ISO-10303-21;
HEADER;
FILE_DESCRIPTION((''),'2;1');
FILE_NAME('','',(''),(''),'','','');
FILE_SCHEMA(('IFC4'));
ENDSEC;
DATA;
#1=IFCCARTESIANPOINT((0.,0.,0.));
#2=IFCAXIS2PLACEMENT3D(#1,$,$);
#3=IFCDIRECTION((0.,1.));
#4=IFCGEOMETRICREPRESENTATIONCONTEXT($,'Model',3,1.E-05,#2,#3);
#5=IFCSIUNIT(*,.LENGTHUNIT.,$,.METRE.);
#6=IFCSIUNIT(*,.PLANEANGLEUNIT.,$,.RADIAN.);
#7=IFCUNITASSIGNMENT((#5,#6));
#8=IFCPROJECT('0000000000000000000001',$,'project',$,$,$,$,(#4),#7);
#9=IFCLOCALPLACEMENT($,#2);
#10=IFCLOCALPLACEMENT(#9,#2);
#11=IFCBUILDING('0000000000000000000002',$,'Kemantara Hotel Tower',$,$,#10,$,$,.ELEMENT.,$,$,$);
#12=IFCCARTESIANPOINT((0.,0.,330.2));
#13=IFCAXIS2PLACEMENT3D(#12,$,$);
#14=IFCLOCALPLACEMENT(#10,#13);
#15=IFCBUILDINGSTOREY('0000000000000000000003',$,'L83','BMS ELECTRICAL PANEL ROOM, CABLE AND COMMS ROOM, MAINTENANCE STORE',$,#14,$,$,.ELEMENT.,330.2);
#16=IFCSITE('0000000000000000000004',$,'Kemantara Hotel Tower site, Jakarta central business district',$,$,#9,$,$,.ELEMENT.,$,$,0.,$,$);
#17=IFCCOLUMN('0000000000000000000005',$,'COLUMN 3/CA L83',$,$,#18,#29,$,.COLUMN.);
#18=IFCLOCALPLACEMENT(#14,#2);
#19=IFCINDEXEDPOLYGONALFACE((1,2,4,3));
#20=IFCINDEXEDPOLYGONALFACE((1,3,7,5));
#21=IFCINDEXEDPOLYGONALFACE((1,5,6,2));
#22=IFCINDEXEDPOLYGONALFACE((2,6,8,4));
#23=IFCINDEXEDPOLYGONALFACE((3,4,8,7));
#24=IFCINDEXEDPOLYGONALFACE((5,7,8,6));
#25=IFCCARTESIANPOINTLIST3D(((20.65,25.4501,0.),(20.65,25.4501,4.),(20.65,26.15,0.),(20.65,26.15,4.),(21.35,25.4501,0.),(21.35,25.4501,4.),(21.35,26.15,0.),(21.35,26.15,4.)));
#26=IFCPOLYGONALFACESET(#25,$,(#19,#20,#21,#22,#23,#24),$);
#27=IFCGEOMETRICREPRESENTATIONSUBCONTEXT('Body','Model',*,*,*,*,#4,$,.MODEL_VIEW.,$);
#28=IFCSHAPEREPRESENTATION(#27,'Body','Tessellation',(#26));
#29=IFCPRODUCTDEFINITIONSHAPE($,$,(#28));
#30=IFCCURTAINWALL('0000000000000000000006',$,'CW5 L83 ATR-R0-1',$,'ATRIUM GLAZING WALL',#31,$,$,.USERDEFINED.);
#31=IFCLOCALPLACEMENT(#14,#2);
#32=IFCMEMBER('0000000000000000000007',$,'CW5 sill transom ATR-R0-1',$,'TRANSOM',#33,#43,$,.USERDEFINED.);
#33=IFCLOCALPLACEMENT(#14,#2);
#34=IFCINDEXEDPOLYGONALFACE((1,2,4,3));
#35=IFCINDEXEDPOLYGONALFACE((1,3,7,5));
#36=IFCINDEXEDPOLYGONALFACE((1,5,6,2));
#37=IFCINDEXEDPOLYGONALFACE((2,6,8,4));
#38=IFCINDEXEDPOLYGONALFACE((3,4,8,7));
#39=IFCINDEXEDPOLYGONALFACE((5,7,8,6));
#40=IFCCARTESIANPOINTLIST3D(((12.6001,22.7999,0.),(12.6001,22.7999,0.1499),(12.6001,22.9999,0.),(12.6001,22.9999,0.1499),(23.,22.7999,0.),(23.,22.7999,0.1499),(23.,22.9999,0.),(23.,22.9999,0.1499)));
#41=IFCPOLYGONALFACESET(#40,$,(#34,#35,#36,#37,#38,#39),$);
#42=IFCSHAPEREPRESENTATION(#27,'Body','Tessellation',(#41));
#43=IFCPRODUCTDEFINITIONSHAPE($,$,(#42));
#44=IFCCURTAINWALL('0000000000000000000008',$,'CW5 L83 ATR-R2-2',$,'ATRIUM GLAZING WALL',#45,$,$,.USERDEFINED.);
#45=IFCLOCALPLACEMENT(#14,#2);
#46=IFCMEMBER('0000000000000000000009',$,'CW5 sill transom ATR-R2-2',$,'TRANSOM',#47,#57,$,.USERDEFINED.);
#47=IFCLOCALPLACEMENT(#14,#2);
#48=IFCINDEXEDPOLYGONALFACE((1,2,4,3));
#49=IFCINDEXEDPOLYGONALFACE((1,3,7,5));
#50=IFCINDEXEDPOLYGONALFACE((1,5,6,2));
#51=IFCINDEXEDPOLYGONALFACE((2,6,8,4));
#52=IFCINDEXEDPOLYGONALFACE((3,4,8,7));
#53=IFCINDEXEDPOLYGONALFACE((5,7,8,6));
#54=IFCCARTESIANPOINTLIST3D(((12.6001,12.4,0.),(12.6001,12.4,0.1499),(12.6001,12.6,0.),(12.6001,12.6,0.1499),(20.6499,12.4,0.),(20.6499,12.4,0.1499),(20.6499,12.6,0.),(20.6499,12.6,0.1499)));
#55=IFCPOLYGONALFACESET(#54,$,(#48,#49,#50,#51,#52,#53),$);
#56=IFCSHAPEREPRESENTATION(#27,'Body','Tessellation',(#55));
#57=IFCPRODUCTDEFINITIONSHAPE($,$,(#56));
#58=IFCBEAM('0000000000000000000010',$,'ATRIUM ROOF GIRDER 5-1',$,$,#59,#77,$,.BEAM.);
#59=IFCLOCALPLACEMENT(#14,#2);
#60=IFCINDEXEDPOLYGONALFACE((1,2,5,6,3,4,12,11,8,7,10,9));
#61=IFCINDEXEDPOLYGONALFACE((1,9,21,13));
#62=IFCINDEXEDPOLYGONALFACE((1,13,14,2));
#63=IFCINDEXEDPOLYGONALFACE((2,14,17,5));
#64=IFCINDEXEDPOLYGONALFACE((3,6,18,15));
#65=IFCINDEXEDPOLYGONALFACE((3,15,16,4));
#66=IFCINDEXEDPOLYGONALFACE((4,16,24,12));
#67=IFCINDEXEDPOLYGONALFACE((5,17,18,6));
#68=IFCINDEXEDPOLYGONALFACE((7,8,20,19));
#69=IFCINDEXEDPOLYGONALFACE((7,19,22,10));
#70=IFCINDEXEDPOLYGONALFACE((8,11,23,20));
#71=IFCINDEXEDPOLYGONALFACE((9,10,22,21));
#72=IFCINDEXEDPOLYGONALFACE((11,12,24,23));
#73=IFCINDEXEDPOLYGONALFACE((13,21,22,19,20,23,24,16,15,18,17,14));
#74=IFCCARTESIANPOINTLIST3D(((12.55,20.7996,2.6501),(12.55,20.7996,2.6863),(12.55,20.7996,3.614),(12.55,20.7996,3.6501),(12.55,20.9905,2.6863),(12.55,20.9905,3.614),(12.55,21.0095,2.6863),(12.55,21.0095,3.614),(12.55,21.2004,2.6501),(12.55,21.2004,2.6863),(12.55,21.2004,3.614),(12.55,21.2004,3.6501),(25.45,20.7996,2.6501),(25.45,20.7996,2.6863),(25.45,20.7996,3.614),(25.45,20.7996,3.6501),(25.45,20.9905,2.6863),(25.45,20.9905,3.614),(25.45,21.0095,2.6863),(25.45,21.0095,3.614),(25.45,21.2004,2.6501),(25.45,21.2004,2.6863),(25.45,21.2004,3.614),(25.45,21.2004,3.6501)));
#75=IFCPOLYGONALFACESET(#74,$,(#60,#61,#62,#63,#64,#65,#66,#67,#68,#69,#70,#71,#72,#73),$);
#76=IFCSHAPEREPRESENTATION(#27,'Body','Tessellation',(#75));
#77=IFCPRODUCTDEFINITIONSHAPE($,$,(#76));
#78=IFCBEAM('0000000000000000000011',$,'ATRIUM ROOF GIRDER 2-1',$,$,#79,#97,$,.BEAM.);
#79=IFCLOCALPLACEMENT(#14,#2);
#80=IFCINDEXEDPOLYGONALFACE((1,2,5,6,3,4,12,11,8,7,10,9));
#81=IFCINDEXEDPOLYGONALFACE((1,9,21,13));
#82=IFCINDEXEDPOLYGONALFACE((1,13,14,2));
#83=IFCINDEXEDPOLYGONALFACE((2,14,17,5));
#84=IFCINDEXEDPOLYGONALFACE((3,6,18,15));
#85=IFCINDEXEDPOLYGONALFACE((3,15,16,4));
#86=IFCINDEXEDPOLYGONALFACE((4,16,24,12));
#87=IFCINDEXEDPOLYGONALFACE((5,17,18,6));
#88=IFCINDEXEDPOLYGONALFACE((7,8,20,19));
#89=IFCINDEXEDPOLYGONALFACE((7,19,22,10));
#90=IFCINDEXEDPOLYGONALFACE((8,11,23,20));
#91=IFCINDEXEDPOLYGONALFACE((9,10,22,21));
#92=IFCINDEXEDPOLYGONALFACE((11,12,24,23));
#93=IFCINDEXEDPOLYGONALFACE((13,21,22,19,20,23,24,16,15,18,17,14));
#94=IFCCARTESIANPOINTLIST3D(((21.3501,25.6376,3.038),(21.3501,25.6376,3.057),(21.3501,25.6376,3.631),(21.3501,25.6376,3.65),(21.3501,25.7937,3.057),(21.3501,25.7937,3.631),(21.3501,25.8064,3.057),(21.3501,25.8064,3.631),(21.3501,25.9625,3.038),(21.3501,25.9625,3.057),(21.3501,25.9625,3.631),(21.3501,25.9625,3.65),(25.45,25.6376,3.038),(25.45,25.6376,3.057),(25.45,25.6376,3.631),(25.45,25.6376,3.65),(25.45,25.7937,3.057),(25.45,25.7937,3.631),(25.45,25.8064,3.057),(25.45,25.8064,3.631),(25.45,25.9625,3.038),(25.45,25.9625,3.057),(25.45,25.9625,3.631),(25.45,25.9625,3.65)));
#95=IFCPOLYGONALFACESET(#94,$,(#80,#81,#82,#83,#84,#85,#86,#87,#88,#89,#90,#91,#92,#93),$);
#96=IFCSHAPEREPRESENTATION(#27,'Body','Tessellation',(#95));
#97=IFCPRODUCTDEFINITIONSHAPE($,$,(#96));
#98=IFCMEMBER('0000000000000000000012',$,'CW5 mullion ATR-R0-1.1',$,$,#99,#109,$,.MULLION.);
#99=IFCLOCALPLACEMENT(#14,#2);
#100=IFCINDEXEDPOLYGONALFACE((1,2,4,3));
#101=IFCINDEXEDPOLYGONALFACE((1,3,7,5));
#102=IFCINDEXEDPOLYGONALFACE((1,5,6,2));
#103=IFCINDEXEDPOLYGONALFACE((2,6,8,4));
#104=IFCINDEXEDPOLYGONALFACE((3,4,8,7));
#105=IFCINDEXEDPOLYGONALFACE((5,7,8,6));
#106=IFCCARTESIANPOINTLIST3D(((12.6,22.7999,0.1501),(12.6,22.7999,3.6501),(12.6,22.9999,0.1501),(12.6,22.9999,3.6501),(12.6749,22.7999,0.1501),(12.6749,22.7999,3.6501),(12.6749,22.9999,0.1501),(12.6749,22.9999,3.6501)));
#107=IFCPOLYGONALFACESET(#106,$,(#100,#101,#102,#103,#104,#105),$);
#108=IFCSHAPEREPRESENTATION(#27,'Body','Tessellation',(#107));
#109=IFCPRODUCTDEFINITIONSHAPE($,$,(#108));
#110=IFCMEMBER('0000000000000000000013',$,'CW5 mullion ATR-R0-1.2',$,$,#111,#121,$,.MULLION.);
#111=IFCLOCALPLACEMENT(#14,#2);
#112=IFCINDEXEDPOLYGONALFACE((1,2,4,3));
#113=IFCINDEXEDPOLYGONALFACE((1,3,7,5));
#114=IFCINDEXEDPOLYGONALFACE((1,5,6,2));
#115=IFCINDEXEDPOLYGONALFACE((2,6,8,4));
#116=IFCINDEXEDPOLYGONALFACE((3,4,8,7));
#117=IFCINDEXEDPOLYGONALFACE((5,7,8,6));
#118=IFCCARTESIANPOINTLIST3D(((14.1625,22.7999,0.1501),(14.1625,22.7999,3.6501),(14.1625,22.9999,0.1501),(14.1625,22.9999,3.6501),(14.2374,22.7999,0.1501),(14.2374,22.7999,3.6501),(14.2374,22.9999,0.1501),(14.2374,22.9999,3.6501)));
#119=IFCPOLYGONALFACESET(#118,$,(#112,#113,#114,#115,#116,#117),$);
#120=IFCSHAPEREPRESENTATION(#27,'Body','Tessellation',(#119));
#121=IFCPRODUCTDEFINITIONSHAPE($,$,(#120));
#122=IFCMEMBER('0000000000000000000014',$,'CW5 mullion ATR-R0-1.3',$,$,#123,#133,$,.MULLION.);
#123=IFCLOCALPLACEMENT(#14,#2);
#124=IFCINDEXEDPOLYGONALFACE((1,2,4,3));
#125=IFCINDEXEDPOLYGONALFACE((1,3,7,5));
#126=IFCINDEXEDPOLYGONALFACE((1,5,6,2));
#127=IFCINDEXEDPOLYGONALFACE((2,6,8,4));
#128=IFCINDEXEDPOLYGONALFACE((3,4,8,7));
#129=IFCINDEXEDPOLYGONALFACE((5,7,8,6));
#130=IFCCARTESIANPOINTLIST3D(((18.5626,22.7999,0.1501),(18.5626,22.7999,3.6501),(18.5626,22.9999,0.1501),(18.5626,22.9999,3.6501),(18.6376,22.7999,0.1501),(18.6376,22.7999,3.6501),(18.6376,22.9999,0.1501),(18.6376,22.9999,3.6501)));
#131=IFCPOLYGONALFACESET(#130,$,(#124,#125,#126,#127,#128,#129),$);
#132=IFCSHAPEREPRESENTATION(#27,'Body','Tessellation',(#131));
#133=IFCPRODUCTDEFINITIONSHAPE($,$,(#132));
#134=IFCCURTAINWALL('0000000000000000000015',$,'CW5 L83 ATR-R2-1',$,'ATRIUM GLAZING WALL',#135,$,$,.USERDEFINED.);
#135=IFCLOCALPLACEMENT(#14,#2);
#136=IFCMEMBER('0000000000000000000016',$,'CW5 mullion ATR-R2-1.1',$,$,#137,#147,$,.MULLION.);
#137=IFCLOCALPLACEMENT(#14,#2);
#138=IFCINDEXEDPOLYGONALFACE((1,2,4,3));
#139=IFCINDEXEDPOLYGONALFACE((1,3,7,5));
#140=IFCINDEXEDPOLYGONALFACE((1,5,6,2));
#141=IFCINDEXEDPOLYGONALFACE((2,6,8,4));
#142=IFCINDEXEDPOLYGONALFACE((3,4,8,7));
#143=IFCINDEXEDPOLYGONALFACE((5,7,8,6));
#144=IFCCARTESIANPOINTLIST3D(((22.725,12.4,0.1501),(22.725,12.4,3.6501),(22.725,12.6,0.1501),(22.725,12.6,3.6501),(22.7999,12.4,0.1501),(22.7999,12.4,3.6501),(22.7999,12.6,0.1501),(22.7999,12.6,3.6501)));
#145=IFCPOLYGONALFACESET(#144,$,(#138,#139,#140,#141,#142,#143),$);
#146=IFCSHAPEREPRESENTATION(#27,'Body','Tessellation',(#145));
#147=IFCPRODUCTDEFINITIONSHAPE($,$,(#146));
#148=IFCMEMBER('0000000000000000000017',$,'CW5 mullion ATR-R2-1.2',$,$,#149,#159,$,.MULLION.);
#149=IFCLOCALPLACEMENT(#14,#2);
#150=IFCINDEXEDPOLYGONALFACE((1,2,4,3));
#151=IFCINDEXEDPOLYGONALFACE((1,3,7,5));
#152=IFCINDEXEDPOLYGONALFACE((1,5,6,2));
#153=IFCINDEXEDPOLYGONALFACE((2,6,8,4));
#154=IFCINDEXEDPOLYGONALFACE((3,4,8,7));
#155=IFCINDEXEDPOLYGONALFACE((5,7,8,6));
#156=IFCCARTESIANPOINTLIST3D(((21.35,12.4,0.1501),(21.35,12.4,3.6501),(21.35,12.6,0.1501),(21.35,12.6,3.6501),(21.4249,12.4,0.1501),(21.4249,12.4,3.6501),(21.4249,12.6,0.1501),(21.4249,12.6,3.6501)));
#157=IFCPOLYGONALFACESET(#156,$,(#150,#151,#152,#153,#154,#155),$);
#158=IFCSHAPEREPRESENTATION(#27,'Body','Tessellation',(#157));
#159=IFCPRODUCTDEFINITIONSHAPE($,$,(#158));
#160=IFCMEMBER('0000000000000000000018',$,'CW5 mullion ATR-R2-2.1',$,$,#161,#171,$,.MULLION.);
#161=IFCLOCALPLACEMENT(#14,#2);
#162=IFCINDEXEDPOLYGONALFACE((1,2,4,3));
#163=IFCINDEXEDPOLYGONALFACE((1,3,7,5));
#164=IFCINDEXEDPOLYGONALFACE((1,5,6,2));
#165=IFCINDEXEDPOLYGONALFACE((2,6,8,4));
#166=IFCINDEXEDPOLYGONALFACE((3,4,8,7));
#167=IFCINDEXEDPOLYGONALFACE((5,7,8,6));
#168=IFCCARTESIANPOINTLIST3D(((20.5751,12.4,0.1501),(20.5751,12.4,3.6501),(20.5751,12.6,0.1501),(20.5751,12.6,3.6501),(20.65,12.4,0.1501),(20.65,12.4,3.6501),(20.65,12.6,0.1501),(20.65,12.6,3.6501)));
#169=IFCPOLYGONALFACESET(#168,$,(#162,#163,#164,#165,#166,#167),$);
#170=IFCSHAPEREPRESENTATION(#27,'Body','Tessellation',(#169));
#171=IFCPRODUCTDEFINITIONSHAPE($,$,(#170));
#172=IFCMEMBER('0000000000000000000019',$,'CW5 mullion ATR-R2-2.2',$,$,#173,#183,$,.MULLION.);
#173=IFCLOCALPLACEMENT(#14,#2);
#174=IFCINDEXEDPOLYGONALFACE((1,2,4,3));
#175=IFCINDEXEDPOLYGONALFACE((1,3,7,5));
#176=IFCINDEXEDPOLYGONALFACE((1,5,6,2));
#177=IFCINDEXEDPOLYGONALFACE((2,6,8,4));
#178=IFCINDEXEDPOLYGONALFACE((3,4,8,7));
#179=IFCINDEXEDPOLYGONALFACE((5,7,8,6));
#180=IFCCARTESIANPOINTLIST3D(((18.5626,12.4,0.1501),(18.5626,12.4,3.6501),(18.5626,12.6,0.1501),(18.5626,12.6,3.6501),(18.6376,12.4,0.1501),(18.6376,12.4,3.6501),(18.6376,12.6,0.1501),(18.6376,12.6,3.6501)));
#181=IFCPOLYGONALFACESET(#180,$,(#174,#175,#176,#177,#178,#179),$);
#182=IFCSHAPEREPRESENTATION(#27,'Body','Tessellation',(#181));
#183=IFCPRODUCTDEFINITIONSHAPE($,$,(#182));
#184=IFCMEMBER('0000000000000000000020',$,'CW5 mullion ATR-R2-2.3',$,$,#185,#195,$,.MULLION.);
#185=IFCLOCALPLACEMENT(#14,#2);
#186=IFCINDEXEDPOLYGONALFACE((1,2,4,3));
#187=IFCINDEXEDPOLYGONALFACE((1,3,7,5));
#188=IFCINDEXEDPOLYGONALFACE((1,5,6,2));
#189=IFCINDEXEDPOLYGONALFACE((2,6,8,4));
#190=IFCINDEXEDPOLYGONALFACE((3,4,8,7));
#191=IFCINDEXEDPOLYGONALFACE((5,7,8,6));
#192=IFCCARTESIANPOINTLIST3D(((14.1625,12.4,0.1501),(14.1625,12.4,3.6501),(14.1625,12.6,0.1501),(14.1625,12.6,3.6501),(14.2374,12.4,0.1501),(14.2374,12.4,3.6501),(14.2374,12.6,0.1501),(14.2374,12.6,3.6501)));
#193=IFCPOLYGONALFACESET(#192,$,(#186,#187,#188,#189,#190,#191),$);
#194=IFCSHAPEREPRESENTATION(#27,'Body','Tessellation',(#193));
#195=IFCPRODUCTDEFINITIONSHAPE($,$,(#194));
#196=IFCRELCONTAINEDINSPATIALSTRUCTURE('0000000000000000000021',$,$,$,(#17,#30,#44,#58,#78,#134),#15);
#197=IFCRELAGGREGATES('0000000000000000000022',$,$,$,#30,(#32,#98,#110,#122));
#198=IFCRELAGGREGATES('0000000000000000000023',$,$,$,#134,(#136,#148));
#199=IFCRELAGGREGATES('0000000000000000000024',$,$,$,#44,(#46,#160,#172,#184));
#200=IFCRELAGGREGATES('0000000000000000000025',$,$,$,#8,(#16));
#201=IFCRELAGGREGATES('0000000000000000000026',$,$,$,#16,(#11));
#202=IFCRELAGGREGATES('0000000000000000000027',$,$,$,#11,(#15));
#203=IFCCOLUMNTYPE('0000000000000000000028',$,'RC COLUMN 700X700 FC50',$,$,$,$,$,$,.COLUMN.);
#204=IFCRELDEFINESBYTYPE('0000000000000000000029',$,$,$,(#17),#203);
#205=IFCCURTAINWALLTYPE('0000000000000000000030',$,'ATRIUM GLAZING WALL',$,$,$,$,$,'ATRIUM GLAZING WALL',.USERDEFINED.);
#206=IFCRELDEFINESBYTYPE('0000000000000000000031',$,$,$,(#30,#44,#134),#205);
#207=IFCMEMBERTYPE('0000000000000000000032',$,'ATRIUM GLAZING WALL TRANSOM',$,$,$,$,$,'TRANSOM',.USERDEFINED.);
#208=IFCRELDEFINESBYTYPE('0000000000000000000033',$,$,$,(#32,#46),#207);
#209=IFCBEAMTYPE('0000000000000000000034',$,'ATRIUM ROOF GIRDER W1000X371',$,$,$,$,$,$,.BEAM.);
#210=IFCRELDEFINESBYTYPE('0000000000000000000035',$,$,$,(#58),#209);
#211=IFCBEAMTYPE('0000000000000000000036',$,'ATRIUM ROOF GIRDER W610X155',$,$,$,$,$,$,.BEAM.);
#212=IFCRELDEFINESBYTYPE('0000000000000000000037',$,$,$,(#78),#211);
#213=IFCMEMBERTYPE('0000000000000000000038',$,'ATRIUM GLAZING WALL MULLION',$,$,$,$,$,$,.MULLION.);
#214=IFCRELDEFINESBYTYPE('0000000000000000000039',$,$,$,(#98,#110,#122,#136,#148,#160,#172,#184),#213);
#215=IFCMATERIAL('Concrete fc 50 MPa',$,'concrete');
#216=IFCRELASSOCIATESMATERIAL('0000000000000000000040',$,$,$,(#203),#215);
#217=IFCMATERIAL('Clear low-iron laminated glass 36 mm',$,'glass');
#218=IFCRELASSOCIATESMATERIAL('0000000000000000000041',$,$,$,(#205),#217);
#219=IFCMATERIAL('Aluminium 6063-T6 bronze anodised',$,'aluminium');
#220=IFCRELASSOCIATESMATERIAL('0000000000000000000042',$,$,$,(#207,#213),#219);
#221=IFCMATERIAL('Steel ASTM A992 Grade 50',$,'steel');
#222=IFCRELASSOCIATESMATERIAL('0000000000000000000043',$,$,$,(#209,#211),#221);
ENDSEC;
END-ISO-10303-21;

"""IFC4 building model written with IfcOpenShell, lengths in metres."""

from ifc_helpers import new_model, si_unit, direction, frame, origin, origin_2d, place, context, subcontext, project, spatial, rectangle, i_section, extrude, source, transform, mapped, material, material_profile, profile_set, type_object, element, aggregate, save


model = new_model("IFC4")

# Units and contexts
model_context = context("Model", 3, precision=1e-05, world=origin(), true_north=direction((0.0, 1.0)))
body_context = subcontext(model_context, "Body", "Model", "MODEL_VIEW")
ifc_project = project(units=[si_unit("LENGTHUNIT", "METRE"), si_unit("PLANEANGLEUNIT", "RADIAN")], contexts=[model_context])

# Site, building, storey
site_placement = place(None, origin())
site = spatial("IfcSite", under=ifc_project, at=site_placement, Name="Kemantara Hotel Tower site, Jakarta central business district", CompositionType="ELEMENT", RefElevation=0.0)
building_placement = place(site_placement, origin())
building = spatial("IfcBuilding", under=site, at=building_placement, Name="Kemantara Hotel Tower", CompositionType="ELEMENT")
storey_placement = place(building_placement, frame((0.0, 0.0, 330.2)))
storey = spatial("IfcBuildingStorey", under=building, at=storey_placement, Name="L83", Description="BMS ELECTRICAL PANEL ROOM, CABLE AND COMMS ROOM, MAINTENANCE STORE", CompositionType="ELEMENT", Elevation=330.2)

# Column
ifc_material_1 = material(Name="Concrete fc 50 MPa", Category="concrete")
ifc_material_profile_1 = material_profile(ifc_material_1, rectangle(XDim=0.7, YDim=0.7, at=origin_2d()), Name="RC 700X700")
ifc_profile_set_1 = profile_set([ifc_material_profile_1], Name="Concrete fc 50 MPa")
column_type = type_object("IfcColumnType", Name="RC COLUMN 700X700 FC50", PredefinedType="COLUMN", material=ifc_profile_set_1)
column_placement = place(storey_placement, frame((21.0, 25.8, 0.0), z_axis=(0.0, 0.0, 1.0), x_axis=(1.0, 0.0, 0.0)))
element("IfcColumn", 1, at=column_placement, inside=storey, type_object=column_type, Name="COLUMN 3/CA L83", PredefinedType="COLUMN", context=body_context, shape_type="SweptSolid", body=[
    extrude(rectangle(XDim=0.7, YDim=0.7, at=origin_2d()), origin(), (0.0, 0.0, 1.0), 4.0),
])

# Curtain walls, members
ifc_material_2 = material(Name="Clear low-iron laminated glass 36 mm", Category="glass")
curtain_wall_type = type_object("IfcCurtainWallType", Name="ATRIUM GLAZING WALL", ElementType="ATRIUM GLAZING WALL", PredefinedType="USERDEFINED", material=ifc_material_2)
curtain_wall_1_placement = place(storey_placement, origin())
curtain_wall_1 = element("IfcCurtainWall", 2, at=curtain_wall_1_placement, inside=storey, type_object=curtain_wall_type, Name="CW5 L83 ATR-R0-1", ObjectType="ATRIUM GLAZING WALL", PredefinedType="USERDEFINED")
ifc_material_3 = material(Name="Aluminium 6063-T6 bronze anodised", Category="aluminium")
ifc_material_profile_2 = material_profile(ifc_material_3, rectangle(XDim=0.2, YDim=0.1499, at=origin_2d()), Name="ATRIUM GLAZING WALL TRANSOM")
ifc_profile_set_2 = profile_set([ifc_material_profile_2], Name="Aluminium 6063-T6 bronze anodised")
member_type_1 = type_object("IfcMemberType", Name="ATRIUM GLAZING WALL TRANSOM", ElementType="TRANSOM", PredefinedType="USERDEFINED", material=ifc_profile_set_2)
member_1_placement = place(storey_placement, frame((12.6001, 22.8999, 0.075), z_axis=(1.0, 0.0, 0.0), x_axis=(0.0, 1.0, 0.0)))
member_1 = element("IfcMember", 3, at=member_1_placement, type_object=member_type_1, Name="CW5 sill transom ATR-R0-1", ObjectType="TRANSOM", PredefinedType="USERDEFINED", context=body_context, shape_type="SweptSolid", body=[
    extrude(rectangle(XDim=0.2, YDim=0.1499, at=origin_2d()), origin(), (0.0, 0.0, 1.0), 10.3999),
])
curtain_wall_2_placement = place(storey_placement, origin())
curtain_wall_2 = element("IfcCurtainWall", 4, at=curtain_wall_2_placement, inside=storey, type_object=curtain_wall_type, Name="CW5 L83 ATR-R2-2", ObjectType="ATRIUM GLAZING WALL", PredefinedType="USERDEFINED")
member_2_placement = place(storey_placement, frame((20.6499, 12.5, 0.075), z_axis=(-1.0, 0.0, 0.0), x_axis=(0.0, -1.0, 0.0)))
member_2 = element("IfcMember", 5, at=member_2_placement, type_object=member_type_1, Name="CW5 sill transom ATR-R2-2", ObjectType="TRANSOM", PredefinedType="USERDEFINED", context=body_context, shape_type="SweptSolid", body=[
    extrude(rectangle(XDim=0.2, YDim=0.1499, at=origin_2d()), origin(), (0.0, 0.0, 1.0), 8.0498),
])

# Beams
ifc_material_4 = material(Name="Steel ASTM A992 Grade 50", Category="steel")
ifc_material_profile_3 = material_profile(ifc_material_4, i_section(OverallWidth=0.4009, OverallDepth=1.0, WebThickness=0.019, FlangeThickness=0.0361, at=origin_2d()), Name="W1000X371")
ifc_profile_set_3 = profile_set([ifc_material_profile_3], Name="Steel ASTM A992 Grade 50")
beam_type_1 = type_object("IfcBeamType", Name="ATRIUM ROOF GIRDER W1000X371", PredefinedType="BEAM", material=ifc_profile_set_3)
beam_1_placement = place(storey_placement, frame((12.55, 21.0, 3.1501), z_axis=(1.0, 0.0, 0.0), x_axis=(0.0, 1.0, 0.0)))
element("IfcBeam", 6, at=beam_1_placement, inside=storey, type_object=beam_type_1, Name="ATRIUM ROOF GIRDER 5-1", PredefinedType="BEAM", context=body_context, shape_type="SweptSolid", body=[
    extrude(i_section(OverallWidth=0.4009, OverallDepth=1.0, WebThickness=0.019, FlangeThickness=0.0361, at=origin_2d()), origin(), (0.0, 0.0, 1.0), 12.8999),
])
ifc_material_profile_4 = material_profile(ifc_material_4, i_section(OverallWidth=0.325, OverallDepth=0.6121, WebThickness=0.0127, FlangeThickness=0.019, at=origin_2d()), Name="W610X155")
ifc_profile_set_4 = profile_set([ifc_material_profile_4], Name="Steel ASTM A992 Grade 50")
beam_type_2 = type_object("IfcBeamType", Name="ATRIUM ROOF GIRDER W610X155", PredefinedType="BEAM", material=ifc_profile_set_4)
beam_2_placement = place(storey_placement, frame((21.3501, 25.8, 3.344), z_axis=(1.0, 0.0, 0.0), x_axis=(0.0, 1.0, 0.0)))
element("IfcBeam", 7, at=beam_2_placement, inside=storey, type_object=beam_type_2, Name="ATRIUM ROOF GIRDER 2-1", PredefinedType="BEAM", context=body_context, shape_type="SweptSolid", body=[
    extrude(i_section(OverallWidth=0.325, OverallDepth=0.6121, WebThickness=0.0127, FlangeThickness=0.019, at=origin_2d()), origin(), (0.0, 0.0, 1.0), 4.0999),
])

# Members
ifc_material_profile_5 = material_profile(ifc_material_3, rectangle(XDim=0.2, YDim=0.075, at=origin_2d()), Name="ATRIUM GLAZING WALL MULLION")
ifc_profile_set_5 = profile_set([ifc_material_profile_5], Name="Aluminium 6063-T6 bronze anodised")
member_type_2 = type_object("IfcMemberType", Name="ATRIUM GLAZING WALL MULLION", PredefinedType="MULLION", material=ifc_profile_set_5)
shared_shape_1 = source(origin(), body_context, "Body", "SweptSolid", [
    extrude(rectangle(XDim=0.2, YDim=0.075, at=origin_2d()), origin(), (0.0, 0.0, 1.0), 3.5),
])
member_3_placement = place(storey_placement, frame((12.6375, 22.8999, 0.1501), z_axis=(0.0, 0.0, 1.0), x_axis=(0.0, 1.0, 0.0)))
member_3 = element("IfcMember", 8, at=member_3_placement, type_object=member_type_2, Name="CW5 mullion ATR-R0-1.1", PredefinedType="MULLION", context=body_context, shape_type="MappedRepresentation", body=[
    mapped(shared_shape_1, transform((0.0, 0.0, 0.0))),
])
member_4_placement = place(storey_placement, frame((14.2, 22.8999, 0.1501), z_axis=(0.0, 0.0, 1.0), x_axis=(0.0, 1.0, 0.0)))
member_4 = element("IfcMember", 9, at=member_4_placement, type_object=member_type_2, Name="CW5 mullion ATR-R0-1.2", PredefinedType="MULLION", context=body_context, shape_type="MappedRepresentation", body=[
    mapped(shared_shape_1, transform((0.0, 0.0, 0.0))),
])
member_5_placement = place(storey_placement, frame((18.6001, 22.8999, 0.1501), z_axis=(0.0, 0.0, 1.0), x_axis=(0.0, 1.0, 0.0)))
member_5 = element("IfcMember", 10, at=member_5_placement, type_object=member_type_2, Name="CW5 mullion ATR-R0-1.3", PredefinedType="MULLION", context=body_context, shape_type="MappedRepresentation", body=[
    mapped(shared_shape_1, transform((0.0, 0.0, 0.0))),
])

# Curtain wall, members
curtain_wall_3_placement = place(storey_placement, origin())
curtain_wall_3 = element("IfcCurtainWall", 11, at=curtain_wall_3_placement, inside=storey, type_object=curtain_wall_type, Name="CW5 L83 ATR-R2-1", ObjectType="ATRIUM GLAZING WALL", PredefinedType="USERDEFINED")
member_6_placement = place(storey_placement, frame((22.7625, 12.5, 0.1501), z_axis=(0.0, 0.0, 1.0), x_axis=(0.0, -1.0, 0.0)))
member_6 = element("IfcMember", 12, at=member_6_placement, type_object=member_type_2, Name="CW5 mullion ATR-R2-1.1", PredefinedType="MULLION", context=body_context, shape_type="MappedRepresentation", body=[
    mapped(shared_shape_1, transform((0.0, 0.0, 0.0))),
])
member_7_placement = place(storey_placement, frame((21.3875, 12.5, 0.1501), z_axis=(0.0, 0.0, 1.0), x_axis=(0.0, -1.0, 0.0)))
member_7 = element("IfcMember", 13, at=member_7_placement, type_object=member_type_2, Name="CW5 mullion ATR-R2-1.2", PredefinedType="MULLION", context=body_context, shape_type="MappedRepresentation", body=[
    mapped(shared_shape_1, transform((0.0, 0.0, 0.0))),
])

# Members
member_8_placement = place(storey_placement, frame((20.6125, 12.5, 0.1501), z_axis=(0.0, 0.0, 1.0), x_axis=(0.0, -1.0, 0.0)))
member_8 = element("IfcMember", 14, at=member_8_placement, type_object=member_type_2, Name="CW5 mullion ATR-R2-2.1", PredefinedType="MULLION", context=body_context, shape_type="MappedRepresentation", body=[
    mapped(shared_shape_1, transform((0.0, 0.0, 0.0))),
])
member_9_placement = place(storey_placement, frame((18.6001, 12.5, 0.1501), z_axis=(0.0, 0.0, 1.0), x_axis=(0.0, -1.0, 0.0)))
member_9 = element("IfcMember", 15, at=member_9_placement, type_object=member_type_2, Name="CW5 mullion ATR-R2-2.2", PredefinedType="MULLION", context=body_context, shape_type="MappedRepresentation", body=[
    mapped(shared_shape_1, transform((0.0, 0.0, 0.0))),
])
member_10_placement = place(storey_placement, frame((14.2, 12.5, 0.1501), z_axis=(0.0, 0.0, 1.0), x_axis=(0.0, -1.0, 0.0)))
member_10 = element("IfcMember", 16, at=member_10_placement, type_object=member_type_2, Name="CW5 mullion ATR-R2-2.3", PredefinedType="MULLION", context=body_context, shape_type="MappedRepresentation", body=[
    mapped(shared_shape_1, transform((0.0, 0.0, 0.0))),
])

aggregate(curtain_wall_1, [member_1, member_3, member_4, member_5])
aggregate(curtain_wall_3, [member_6, member_7])
aggregate(curtain_wall_2, [member_2, member_8, member_9, member_10])

save(model, "model.ifc")
